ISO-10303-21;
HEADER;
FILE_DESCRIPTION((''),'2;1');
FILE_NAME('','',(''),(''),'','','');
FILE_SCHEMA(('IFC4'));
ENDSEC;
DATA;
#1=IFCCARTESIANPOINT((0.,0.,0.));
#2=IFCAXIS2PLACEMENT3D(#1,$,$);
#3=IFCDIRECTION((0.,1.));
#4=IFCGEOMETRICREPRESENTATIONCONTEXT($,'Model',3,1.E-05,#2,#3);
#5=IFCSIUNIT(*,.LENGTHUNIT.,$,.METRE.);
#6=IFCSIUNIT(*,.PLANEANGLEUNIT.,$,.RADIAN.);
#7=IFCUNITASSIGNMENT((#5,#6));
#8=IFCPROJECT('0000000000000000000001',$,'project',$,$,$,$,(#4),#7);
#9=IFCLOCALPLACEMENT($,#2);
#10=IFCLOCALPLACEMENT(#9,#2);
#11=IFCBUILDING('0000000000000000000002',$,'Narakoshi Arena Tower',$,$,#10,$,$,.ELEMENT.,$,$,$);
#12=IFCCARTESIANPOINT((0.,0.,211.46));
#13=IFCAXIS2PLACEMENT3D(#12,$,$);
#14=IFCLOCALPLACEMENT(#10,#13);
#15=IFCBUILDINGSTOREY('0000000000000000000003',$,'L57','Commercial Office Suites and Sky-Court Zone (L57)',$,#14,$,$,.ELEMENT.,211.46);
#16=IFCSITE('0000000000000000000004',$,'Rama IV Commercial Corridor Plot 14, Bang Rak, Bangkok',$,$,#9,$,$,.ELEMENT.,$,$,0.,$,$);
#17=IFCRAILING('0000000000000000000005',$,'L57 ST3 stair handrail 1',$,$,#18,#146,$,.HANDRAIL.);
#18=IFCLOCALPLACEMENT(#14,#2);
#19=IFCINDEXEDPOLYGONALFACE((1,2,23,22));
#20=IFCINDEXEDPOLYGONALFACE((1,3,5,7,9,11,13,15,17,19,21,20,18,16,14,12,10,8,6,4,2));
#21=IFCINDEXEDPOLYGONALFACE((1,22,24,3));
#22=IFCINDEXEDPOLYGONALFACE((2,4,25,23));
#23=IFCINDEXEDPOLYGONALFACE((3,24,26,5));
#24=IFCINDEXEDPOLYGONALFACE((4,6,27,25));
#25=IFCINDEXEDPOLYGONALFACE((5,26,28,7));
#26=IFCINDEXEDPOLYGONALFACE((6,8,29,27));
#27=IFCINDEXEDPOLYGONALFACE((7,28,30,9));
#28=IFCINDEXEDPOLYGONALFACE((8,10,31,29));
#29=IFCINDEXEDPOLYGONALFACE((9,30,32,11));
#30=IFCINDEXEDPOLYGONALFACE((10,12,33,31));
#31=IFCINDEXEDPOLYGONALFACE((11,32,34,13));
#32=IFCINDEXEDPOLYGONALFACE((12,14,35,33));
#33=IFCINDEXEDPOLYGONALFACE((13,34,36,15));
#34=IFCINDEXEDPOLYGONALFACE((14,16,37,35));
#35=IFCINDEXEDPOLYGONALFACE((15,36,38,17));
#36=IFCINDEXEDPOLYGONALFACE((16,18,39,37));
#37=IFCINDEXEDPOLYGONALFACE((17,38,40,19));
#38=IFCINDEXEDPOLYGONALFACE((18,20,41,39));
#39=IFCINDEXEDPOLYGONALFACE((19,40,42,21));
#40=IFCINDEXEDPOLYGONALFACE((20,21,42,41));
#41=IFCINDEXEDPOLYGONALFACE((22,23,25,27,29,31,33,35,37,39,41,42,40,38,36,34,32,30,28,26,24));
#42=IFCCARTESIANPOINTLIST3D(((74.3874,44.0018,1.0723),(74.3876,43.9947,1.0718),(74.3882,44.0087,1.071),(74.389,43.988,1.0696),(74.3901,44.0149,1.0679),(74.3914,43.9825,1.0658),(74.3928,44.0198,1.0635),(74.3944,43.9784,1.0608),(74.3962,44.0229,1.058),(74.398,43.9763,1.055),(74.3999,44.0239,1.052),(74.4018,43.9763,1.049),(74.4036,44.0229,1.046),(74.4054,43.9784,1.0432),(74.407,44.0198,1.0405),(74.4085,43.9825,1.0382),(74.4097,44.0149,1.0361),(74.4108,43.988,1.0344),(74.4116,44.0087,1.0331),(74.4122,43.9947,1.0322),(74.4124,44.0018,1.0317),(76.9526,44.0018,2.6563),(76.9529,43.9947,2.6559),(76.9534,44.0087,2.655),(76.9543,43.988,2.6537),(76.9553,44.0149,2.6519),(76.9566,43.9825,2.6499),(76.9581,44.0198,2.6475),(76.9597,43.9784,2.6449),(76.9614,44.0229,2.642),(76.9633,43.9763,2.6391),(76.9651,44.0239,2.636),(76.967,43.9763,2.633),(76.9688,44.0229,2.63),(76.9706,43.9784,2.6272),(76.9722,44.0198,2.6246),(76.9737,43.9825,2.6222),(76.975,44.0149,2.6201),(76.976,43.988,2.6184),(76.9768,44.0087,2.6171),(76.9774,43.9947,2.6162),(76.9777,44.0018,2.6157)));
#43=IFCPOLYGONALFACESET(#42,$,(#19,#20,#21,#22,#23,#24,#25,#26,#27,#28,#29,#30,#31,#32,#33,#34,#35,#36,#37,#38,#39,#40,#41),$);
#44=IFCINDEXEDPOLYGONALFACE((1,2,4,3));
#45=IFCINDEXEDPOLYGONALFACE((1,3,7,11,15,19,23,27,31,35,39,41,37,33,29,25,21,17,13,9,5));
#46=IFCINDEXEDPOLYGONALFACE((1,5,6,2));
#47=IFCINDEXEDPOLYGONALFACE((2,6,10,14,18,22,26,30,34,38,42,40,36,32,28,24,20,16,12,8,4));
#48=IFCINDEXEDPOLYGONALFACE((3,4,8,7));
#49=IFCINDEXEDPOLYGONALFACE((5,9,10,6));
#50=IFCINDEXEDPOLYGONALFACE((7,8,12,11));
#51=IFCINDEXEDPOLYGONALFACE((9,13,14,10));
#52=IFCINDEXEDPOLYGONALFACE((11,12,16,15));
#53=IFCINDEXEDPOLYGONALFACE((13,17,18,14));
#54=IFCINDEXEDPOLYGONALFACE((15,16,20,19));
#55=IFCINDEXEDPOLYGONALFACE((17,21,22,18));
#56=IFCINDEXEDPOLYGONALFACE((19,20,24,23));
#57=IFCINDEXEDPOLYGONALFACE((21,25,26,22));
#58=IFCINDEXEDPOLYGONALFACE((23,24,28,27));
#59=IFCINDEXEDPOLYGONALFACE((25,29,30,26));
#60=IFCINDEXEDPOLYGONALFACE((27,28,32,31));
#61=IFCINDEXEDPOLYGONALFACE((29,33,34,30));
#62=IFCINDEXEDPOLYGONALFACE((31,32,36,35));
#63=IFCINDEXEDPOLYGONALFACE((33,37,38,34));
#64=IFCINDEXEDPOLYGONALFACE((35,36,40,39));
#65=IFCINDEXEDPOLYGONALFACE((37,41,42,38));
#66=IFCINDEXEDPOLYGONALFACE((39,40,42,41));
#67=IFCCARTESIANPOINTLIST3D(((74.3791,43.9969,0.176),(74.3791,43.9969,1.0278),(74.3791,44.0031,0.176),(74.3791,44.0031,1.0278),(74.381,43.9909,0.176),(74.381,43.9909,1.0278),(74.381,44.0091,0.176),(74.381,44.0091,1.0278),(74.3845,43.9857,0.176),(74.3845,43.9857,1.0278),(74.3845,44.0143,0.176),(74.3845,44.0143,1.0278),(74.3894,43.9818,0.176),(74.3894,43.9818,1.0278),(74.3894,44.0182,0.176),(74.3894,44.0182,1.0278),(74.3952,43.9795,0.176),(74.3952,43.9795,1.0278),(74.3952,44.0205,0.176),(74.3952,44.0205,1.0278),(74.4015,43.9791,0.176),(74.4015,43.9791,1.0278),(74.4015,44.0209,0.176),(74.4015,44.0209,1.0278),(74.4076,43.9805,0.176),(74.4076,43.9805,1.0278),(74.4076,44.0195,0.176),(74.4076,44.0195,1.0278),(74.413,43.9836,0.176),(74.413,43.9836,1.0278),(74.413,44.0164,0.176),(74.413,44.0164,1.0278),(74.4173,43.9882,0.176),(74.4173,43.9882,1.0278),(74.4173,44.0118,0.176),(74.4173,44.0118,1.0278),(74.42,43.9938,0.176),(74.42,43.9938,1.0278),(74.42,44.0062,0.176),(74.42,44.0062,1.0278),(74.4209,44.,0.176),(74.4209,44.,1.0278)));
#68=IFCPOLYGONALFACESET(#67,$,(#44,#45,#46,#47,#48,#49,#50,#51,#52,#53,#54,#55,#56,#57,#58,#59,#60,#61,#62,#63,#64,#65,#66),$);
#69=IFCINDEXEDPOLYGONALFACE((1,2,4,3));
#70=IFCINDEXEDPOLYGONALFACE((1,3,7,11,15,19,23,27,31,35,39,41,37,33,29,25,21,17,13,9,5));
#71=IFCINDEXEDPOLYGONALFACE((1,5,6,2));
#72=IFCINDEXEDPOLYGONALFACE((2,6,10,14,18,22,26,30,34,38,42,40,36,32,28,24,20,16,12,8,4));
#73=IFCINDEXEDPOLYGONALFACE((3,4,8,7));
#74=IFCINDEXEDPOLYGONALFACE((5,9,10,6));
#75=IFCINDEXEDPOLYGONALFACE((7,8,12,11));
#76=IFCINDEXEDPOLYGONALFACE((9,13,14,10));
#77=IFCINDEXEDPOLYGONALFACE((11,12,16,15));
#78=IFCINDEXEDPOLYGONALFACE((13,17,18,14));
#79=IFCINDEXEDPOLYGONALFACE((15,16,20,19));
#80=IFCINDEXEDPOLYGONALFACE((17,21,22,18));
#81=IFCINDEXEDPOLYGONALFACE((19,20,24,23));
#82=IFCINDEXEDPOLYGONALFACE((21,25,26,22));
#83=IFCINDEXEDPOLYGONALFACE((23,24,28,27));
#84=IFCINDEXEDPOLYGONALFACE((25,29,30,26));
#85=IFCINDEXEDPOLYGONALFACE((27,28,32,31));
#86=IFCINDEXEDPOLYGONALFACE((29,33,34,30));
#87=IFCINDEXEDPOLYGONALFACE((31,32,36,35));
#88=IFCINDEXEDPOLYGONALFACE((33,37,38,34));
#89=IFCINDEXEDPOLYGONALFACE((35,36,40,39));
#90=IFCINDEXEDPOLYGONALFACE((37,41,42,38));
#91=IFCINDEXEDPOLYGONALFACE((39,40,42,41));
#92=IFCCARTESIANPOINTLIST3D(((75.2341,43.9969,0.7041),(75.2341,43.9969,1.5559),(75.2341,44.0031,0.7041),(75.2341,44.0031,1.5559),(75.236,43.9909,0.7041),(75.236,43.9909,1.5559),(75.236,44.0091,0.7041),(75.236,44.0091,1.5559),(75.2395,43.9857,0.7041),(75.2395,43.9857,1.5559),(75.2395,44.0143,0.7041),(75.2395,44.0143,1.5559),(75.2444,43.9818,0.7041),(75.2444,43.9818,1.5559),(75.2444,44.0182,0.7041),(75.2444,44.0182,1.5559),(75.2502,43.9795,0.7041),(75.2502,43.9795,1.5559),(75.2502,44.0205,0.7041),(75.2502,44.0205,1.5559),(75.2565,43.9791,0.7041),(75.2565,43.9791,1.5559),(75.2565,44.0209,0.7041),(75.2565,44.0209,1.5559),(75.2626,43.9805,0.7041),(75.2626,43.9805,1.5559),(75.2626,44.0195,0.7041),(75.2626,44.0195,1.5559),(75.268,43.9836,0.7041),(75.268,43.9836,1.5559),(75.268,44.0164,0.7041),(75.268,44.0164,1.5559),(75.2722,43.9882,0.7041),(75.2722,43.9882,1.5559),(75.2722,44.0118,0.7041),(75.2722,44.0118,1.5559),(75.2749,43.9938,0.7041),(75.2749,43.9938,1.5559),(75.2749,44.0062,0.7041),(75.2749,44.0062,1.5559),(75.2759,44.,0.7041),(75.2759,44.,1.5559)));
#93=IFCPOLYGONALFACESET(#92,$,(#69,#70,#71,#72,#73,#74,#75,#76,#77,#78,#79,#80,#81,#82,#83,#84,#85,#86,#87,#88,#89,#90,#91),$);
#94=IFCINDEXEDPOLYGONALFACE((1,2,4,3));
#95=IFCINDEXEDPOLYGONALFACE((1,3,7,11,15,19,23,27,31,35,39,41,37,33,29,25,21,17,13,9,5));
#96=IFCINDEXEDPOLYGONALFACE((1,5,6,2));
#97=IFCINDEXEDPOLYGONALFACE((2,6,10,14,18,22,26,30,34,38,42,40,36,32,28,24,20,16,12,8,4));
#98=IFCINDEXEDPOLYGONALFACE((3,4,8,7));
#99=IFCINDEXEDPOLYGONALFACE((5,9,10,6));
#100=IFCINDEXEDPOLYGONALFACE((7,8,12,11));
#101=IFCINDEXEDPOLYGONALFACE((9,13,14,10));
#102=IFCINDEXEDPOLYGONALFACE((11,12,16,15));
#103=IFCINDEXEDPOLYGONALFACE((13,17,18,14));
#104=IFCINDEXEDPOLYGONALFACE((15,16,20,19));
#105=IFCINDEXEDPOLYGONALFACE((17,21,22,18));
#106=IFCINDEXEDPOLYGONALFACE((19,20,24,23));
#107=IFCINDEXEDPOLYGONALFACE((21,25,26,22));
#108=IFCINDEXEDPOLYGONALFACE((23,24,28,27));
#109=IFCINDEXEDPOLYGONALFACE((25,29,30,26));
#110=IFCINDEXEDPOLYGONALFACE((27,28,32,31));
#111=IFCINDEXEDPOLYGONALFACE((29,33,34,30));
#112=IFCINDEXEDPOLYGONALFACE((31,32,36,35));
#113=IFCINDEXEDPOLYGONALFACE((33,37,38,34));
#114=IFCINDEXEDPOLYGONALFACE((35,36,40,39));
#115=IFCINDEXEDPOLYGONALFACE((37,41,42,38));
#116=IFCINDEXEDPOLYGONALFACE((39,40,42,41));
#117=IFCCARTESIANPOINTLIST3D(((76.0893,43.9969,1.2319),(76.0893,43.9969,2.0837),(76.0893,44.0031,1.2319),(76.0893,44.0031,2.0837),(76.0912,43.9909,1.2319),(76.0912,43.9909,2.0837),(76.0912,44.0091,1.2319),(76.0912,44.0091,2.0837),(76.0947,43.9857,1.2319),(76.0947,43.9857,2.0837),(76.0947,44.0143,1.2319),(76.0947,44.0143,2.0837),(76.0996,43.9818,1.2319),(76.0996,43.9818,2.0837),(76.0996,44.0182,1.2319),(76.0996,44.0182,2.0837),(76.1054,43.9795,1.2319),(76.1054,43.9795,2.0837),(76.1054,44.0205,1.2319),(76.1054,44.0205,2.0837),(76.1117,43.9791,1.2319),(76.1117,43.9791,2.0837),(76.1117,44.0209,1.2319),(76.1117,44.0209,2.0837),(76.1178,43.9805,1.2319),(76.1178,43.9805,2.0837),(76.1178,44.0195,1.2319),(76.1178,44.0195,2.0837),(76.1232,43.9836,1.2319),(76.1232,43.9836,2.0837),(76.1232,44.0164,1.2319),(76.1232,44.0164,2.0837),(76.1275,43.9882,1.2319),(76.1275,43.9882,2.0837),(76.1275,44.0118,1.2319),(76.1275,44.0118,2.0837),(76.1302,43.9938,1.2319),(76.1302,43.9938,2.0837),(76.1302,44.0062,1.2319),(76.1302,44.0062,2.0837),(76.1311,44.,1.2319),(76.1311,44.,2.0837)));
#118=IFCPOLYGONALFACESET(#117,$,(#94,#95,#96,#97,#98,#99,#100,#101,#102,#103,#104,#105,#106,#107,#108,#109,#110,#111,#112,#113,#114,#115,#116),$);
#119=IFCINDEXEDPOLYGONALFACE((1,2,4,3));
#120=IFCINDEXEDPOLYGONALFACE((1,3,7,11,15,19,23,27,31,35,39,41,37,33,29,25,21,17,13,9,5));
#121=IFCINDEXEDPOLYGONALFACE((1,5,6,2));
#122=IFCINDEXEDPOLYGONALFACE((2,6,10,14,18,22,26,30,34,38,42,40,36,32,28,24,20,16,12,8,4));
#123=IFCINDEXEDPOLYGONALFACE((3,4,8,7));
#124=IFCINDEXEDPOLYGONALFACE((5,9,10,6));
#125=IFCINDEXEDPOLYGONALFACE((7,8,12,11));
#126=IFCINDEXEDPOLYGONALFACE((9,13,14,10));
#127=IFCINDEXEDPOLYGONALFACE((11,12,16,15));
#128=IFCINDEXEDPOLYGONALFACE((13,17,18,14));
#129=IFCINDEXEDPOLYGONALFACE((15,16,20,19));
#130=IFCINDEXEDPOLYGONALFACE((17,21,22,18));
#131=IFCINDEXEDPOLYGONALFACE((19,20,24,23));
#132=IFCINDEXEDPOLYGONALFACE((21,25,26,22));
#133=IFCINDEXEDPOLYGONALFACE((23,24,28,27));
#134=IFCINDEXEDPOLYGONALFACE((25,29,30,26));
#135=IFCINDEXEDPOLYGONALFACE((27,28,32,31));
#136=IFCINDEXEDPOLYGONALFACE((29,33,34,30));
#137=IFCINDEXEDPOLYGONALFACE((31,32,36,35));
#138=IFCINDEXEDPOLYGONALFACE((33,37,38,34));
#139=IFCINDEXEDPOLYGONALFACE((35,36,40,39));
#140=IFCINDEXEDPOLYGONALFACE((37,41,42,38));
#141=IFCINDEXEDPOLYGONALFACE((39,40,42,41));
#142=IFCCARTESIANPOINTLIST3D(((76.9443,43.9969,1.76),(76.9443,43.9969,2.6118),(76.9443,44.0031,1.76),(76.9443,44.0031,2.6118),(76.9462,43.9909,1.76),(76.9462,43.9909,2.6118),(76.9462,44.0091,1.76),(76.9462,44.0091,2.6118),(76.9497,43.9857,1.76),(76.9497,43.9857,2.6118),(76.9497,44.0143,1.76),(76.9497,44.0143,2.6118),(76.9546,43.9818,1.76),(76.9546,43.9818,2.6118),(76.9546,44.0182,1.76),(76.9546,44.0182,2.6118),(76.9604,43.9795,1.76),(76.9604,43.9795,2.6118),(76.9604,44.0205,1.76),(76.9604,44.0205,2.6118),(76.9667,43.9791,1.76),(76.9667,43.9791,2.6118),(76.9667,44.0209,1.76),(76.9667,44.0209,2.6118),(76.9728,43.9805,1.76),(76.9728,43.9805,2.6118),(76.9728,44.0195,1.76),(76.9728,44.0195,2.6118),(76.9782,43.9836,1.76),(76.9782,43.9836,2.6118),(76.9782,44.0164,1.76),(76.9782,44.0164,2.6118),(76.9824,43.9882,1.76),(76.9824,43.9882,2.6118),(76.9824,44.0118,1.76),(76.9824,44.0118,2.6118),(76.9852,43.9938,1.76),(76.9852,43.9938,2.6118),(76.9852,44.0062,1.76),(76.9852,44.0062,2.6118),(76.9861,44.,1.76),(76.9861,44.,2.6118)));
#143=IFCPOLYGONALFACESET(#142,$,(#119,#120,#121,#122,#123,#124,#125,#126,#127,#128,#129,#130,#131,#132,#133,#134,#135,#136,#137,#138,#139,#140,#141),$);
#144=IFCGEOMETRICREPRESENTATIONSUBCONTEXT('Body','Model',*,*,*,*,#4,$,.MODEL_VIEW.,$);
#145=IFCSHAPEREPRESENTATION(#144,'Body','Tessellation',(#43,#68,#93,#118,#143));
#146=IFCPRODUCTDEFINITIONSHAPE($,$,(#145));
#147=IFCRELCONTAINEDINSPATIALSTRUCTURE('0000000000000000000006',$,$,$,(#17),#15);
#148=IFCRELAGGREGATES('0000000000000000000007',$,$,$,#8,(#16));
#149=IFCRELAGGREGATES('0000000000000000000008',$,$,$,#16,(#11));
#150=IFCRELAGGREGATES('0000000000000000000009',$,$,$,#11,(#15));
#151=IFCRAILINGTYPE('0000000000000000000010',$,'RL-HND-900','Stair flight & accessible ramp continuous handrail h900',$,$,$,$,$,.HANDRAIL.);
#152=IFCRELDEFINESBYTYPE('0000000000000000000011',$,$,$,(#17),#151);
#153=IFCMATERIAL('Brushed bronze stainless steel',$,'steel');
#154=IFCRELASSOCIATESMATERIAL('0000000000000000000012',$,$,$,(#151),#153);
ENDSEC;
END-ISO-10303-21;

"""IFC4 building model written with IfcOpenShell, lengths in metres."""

from ifc_helpers import new_model, si_unit, direction, frame, origin, origin_2d, place, context, subcontext, project, spatial, circle, extrude, material, type_object, element, save


model = new_model("IFC4")

# Units and contexts
model_context = context("Model", 3, precision=1e-05, world=origin(), true_north=direction((0.0, 1.0)))
body_context = subcontext(model_context, "Body", "Model", "MODEL_VIEW")
ifc_project = project(units=[si_unit("LENGTHUNIT", "METRE"), si_unit("PLANEANGLEUNIT", "RADIAN")], contexts=[model_context])

# Site, building, storey
site_placement = place(None, origin())
site = spatial("IfcSite", under=ifc_project, at=site_placement, Name="Rama IV Commercial Corridor Plot 14, Bang Rak, Bangkok", CompositionType="ELEMENT", RefElevation=0.0)
building_placement = place(site_placement, origin())
building = spatial("IfcBuilding", under=site, at=building_placement, Name="Narakoshi Arena Tower", CompositionType="ELEMENT")
storey_placement = place(building_placement, frame((0.0, 0.0, 211.46)))
storey = spatial("IfcBuildingStorey", under=building, at=storey_placement, Name="L57", Description="Commercial Office Suites and Sky-Court Zone (L57)", CompositionType="ELEMENT", Elevation=211.46)

# Railing
ifc_material_1 = material(Name="Brushed bronze stainless steel", Category="steel")
railing_type_1 = type_object("IfcRailingType", Name="RL-HND-900", Description="Stair flight & accessible ramp continuous handrail h900", PredefinedType="HANDRAIL", material=ifc_material_1)
railing_1_placement = place(storey_placement, frame((74.3999, 44.0, 0.176)))
element("IfcRailing", 1, at=railing_1_placement, inside=storey, type_object=railing_type_1, Name="L57 ST3 stair handrail 1", PredefinedType="HANDRAIL", context=body_context, shape_type="SweptSolid", body=[
    extrude(circle(Radius=0.0239, at=origin_2d()), frame((0.0, 0.0, 0.876), z_axis=(0.850857, 0.0, 0.525398), x_axis=(0.0, 1.0, 0.0)), (0.0, 0.0, 1.0), 3.0149),
    extrude(circle(Radius=0.021, at=origin_2d()), origin(), (0.0, 0.0, 1.0), 0.8518),
    extrude(circle(Radius=0.021, at=origin_2d()), frame((0.855, 0.0, 0.5281)), (0.0, 0.0, 1.0), 0.8518),
    extrude(circle(Radius=0.021, at=origin_2d()), frame((1.7102, 0.0, 1.0559)), (0.0, 0.0, 1.0), 0.8518),
    extrude(circle(Radius=0.021, at=origin_2d()), frame((2.5652, 0.0, 1.584)), (0.0, 0.0, 1.0), 0.8518),
])

save(model, "model.ifc")
